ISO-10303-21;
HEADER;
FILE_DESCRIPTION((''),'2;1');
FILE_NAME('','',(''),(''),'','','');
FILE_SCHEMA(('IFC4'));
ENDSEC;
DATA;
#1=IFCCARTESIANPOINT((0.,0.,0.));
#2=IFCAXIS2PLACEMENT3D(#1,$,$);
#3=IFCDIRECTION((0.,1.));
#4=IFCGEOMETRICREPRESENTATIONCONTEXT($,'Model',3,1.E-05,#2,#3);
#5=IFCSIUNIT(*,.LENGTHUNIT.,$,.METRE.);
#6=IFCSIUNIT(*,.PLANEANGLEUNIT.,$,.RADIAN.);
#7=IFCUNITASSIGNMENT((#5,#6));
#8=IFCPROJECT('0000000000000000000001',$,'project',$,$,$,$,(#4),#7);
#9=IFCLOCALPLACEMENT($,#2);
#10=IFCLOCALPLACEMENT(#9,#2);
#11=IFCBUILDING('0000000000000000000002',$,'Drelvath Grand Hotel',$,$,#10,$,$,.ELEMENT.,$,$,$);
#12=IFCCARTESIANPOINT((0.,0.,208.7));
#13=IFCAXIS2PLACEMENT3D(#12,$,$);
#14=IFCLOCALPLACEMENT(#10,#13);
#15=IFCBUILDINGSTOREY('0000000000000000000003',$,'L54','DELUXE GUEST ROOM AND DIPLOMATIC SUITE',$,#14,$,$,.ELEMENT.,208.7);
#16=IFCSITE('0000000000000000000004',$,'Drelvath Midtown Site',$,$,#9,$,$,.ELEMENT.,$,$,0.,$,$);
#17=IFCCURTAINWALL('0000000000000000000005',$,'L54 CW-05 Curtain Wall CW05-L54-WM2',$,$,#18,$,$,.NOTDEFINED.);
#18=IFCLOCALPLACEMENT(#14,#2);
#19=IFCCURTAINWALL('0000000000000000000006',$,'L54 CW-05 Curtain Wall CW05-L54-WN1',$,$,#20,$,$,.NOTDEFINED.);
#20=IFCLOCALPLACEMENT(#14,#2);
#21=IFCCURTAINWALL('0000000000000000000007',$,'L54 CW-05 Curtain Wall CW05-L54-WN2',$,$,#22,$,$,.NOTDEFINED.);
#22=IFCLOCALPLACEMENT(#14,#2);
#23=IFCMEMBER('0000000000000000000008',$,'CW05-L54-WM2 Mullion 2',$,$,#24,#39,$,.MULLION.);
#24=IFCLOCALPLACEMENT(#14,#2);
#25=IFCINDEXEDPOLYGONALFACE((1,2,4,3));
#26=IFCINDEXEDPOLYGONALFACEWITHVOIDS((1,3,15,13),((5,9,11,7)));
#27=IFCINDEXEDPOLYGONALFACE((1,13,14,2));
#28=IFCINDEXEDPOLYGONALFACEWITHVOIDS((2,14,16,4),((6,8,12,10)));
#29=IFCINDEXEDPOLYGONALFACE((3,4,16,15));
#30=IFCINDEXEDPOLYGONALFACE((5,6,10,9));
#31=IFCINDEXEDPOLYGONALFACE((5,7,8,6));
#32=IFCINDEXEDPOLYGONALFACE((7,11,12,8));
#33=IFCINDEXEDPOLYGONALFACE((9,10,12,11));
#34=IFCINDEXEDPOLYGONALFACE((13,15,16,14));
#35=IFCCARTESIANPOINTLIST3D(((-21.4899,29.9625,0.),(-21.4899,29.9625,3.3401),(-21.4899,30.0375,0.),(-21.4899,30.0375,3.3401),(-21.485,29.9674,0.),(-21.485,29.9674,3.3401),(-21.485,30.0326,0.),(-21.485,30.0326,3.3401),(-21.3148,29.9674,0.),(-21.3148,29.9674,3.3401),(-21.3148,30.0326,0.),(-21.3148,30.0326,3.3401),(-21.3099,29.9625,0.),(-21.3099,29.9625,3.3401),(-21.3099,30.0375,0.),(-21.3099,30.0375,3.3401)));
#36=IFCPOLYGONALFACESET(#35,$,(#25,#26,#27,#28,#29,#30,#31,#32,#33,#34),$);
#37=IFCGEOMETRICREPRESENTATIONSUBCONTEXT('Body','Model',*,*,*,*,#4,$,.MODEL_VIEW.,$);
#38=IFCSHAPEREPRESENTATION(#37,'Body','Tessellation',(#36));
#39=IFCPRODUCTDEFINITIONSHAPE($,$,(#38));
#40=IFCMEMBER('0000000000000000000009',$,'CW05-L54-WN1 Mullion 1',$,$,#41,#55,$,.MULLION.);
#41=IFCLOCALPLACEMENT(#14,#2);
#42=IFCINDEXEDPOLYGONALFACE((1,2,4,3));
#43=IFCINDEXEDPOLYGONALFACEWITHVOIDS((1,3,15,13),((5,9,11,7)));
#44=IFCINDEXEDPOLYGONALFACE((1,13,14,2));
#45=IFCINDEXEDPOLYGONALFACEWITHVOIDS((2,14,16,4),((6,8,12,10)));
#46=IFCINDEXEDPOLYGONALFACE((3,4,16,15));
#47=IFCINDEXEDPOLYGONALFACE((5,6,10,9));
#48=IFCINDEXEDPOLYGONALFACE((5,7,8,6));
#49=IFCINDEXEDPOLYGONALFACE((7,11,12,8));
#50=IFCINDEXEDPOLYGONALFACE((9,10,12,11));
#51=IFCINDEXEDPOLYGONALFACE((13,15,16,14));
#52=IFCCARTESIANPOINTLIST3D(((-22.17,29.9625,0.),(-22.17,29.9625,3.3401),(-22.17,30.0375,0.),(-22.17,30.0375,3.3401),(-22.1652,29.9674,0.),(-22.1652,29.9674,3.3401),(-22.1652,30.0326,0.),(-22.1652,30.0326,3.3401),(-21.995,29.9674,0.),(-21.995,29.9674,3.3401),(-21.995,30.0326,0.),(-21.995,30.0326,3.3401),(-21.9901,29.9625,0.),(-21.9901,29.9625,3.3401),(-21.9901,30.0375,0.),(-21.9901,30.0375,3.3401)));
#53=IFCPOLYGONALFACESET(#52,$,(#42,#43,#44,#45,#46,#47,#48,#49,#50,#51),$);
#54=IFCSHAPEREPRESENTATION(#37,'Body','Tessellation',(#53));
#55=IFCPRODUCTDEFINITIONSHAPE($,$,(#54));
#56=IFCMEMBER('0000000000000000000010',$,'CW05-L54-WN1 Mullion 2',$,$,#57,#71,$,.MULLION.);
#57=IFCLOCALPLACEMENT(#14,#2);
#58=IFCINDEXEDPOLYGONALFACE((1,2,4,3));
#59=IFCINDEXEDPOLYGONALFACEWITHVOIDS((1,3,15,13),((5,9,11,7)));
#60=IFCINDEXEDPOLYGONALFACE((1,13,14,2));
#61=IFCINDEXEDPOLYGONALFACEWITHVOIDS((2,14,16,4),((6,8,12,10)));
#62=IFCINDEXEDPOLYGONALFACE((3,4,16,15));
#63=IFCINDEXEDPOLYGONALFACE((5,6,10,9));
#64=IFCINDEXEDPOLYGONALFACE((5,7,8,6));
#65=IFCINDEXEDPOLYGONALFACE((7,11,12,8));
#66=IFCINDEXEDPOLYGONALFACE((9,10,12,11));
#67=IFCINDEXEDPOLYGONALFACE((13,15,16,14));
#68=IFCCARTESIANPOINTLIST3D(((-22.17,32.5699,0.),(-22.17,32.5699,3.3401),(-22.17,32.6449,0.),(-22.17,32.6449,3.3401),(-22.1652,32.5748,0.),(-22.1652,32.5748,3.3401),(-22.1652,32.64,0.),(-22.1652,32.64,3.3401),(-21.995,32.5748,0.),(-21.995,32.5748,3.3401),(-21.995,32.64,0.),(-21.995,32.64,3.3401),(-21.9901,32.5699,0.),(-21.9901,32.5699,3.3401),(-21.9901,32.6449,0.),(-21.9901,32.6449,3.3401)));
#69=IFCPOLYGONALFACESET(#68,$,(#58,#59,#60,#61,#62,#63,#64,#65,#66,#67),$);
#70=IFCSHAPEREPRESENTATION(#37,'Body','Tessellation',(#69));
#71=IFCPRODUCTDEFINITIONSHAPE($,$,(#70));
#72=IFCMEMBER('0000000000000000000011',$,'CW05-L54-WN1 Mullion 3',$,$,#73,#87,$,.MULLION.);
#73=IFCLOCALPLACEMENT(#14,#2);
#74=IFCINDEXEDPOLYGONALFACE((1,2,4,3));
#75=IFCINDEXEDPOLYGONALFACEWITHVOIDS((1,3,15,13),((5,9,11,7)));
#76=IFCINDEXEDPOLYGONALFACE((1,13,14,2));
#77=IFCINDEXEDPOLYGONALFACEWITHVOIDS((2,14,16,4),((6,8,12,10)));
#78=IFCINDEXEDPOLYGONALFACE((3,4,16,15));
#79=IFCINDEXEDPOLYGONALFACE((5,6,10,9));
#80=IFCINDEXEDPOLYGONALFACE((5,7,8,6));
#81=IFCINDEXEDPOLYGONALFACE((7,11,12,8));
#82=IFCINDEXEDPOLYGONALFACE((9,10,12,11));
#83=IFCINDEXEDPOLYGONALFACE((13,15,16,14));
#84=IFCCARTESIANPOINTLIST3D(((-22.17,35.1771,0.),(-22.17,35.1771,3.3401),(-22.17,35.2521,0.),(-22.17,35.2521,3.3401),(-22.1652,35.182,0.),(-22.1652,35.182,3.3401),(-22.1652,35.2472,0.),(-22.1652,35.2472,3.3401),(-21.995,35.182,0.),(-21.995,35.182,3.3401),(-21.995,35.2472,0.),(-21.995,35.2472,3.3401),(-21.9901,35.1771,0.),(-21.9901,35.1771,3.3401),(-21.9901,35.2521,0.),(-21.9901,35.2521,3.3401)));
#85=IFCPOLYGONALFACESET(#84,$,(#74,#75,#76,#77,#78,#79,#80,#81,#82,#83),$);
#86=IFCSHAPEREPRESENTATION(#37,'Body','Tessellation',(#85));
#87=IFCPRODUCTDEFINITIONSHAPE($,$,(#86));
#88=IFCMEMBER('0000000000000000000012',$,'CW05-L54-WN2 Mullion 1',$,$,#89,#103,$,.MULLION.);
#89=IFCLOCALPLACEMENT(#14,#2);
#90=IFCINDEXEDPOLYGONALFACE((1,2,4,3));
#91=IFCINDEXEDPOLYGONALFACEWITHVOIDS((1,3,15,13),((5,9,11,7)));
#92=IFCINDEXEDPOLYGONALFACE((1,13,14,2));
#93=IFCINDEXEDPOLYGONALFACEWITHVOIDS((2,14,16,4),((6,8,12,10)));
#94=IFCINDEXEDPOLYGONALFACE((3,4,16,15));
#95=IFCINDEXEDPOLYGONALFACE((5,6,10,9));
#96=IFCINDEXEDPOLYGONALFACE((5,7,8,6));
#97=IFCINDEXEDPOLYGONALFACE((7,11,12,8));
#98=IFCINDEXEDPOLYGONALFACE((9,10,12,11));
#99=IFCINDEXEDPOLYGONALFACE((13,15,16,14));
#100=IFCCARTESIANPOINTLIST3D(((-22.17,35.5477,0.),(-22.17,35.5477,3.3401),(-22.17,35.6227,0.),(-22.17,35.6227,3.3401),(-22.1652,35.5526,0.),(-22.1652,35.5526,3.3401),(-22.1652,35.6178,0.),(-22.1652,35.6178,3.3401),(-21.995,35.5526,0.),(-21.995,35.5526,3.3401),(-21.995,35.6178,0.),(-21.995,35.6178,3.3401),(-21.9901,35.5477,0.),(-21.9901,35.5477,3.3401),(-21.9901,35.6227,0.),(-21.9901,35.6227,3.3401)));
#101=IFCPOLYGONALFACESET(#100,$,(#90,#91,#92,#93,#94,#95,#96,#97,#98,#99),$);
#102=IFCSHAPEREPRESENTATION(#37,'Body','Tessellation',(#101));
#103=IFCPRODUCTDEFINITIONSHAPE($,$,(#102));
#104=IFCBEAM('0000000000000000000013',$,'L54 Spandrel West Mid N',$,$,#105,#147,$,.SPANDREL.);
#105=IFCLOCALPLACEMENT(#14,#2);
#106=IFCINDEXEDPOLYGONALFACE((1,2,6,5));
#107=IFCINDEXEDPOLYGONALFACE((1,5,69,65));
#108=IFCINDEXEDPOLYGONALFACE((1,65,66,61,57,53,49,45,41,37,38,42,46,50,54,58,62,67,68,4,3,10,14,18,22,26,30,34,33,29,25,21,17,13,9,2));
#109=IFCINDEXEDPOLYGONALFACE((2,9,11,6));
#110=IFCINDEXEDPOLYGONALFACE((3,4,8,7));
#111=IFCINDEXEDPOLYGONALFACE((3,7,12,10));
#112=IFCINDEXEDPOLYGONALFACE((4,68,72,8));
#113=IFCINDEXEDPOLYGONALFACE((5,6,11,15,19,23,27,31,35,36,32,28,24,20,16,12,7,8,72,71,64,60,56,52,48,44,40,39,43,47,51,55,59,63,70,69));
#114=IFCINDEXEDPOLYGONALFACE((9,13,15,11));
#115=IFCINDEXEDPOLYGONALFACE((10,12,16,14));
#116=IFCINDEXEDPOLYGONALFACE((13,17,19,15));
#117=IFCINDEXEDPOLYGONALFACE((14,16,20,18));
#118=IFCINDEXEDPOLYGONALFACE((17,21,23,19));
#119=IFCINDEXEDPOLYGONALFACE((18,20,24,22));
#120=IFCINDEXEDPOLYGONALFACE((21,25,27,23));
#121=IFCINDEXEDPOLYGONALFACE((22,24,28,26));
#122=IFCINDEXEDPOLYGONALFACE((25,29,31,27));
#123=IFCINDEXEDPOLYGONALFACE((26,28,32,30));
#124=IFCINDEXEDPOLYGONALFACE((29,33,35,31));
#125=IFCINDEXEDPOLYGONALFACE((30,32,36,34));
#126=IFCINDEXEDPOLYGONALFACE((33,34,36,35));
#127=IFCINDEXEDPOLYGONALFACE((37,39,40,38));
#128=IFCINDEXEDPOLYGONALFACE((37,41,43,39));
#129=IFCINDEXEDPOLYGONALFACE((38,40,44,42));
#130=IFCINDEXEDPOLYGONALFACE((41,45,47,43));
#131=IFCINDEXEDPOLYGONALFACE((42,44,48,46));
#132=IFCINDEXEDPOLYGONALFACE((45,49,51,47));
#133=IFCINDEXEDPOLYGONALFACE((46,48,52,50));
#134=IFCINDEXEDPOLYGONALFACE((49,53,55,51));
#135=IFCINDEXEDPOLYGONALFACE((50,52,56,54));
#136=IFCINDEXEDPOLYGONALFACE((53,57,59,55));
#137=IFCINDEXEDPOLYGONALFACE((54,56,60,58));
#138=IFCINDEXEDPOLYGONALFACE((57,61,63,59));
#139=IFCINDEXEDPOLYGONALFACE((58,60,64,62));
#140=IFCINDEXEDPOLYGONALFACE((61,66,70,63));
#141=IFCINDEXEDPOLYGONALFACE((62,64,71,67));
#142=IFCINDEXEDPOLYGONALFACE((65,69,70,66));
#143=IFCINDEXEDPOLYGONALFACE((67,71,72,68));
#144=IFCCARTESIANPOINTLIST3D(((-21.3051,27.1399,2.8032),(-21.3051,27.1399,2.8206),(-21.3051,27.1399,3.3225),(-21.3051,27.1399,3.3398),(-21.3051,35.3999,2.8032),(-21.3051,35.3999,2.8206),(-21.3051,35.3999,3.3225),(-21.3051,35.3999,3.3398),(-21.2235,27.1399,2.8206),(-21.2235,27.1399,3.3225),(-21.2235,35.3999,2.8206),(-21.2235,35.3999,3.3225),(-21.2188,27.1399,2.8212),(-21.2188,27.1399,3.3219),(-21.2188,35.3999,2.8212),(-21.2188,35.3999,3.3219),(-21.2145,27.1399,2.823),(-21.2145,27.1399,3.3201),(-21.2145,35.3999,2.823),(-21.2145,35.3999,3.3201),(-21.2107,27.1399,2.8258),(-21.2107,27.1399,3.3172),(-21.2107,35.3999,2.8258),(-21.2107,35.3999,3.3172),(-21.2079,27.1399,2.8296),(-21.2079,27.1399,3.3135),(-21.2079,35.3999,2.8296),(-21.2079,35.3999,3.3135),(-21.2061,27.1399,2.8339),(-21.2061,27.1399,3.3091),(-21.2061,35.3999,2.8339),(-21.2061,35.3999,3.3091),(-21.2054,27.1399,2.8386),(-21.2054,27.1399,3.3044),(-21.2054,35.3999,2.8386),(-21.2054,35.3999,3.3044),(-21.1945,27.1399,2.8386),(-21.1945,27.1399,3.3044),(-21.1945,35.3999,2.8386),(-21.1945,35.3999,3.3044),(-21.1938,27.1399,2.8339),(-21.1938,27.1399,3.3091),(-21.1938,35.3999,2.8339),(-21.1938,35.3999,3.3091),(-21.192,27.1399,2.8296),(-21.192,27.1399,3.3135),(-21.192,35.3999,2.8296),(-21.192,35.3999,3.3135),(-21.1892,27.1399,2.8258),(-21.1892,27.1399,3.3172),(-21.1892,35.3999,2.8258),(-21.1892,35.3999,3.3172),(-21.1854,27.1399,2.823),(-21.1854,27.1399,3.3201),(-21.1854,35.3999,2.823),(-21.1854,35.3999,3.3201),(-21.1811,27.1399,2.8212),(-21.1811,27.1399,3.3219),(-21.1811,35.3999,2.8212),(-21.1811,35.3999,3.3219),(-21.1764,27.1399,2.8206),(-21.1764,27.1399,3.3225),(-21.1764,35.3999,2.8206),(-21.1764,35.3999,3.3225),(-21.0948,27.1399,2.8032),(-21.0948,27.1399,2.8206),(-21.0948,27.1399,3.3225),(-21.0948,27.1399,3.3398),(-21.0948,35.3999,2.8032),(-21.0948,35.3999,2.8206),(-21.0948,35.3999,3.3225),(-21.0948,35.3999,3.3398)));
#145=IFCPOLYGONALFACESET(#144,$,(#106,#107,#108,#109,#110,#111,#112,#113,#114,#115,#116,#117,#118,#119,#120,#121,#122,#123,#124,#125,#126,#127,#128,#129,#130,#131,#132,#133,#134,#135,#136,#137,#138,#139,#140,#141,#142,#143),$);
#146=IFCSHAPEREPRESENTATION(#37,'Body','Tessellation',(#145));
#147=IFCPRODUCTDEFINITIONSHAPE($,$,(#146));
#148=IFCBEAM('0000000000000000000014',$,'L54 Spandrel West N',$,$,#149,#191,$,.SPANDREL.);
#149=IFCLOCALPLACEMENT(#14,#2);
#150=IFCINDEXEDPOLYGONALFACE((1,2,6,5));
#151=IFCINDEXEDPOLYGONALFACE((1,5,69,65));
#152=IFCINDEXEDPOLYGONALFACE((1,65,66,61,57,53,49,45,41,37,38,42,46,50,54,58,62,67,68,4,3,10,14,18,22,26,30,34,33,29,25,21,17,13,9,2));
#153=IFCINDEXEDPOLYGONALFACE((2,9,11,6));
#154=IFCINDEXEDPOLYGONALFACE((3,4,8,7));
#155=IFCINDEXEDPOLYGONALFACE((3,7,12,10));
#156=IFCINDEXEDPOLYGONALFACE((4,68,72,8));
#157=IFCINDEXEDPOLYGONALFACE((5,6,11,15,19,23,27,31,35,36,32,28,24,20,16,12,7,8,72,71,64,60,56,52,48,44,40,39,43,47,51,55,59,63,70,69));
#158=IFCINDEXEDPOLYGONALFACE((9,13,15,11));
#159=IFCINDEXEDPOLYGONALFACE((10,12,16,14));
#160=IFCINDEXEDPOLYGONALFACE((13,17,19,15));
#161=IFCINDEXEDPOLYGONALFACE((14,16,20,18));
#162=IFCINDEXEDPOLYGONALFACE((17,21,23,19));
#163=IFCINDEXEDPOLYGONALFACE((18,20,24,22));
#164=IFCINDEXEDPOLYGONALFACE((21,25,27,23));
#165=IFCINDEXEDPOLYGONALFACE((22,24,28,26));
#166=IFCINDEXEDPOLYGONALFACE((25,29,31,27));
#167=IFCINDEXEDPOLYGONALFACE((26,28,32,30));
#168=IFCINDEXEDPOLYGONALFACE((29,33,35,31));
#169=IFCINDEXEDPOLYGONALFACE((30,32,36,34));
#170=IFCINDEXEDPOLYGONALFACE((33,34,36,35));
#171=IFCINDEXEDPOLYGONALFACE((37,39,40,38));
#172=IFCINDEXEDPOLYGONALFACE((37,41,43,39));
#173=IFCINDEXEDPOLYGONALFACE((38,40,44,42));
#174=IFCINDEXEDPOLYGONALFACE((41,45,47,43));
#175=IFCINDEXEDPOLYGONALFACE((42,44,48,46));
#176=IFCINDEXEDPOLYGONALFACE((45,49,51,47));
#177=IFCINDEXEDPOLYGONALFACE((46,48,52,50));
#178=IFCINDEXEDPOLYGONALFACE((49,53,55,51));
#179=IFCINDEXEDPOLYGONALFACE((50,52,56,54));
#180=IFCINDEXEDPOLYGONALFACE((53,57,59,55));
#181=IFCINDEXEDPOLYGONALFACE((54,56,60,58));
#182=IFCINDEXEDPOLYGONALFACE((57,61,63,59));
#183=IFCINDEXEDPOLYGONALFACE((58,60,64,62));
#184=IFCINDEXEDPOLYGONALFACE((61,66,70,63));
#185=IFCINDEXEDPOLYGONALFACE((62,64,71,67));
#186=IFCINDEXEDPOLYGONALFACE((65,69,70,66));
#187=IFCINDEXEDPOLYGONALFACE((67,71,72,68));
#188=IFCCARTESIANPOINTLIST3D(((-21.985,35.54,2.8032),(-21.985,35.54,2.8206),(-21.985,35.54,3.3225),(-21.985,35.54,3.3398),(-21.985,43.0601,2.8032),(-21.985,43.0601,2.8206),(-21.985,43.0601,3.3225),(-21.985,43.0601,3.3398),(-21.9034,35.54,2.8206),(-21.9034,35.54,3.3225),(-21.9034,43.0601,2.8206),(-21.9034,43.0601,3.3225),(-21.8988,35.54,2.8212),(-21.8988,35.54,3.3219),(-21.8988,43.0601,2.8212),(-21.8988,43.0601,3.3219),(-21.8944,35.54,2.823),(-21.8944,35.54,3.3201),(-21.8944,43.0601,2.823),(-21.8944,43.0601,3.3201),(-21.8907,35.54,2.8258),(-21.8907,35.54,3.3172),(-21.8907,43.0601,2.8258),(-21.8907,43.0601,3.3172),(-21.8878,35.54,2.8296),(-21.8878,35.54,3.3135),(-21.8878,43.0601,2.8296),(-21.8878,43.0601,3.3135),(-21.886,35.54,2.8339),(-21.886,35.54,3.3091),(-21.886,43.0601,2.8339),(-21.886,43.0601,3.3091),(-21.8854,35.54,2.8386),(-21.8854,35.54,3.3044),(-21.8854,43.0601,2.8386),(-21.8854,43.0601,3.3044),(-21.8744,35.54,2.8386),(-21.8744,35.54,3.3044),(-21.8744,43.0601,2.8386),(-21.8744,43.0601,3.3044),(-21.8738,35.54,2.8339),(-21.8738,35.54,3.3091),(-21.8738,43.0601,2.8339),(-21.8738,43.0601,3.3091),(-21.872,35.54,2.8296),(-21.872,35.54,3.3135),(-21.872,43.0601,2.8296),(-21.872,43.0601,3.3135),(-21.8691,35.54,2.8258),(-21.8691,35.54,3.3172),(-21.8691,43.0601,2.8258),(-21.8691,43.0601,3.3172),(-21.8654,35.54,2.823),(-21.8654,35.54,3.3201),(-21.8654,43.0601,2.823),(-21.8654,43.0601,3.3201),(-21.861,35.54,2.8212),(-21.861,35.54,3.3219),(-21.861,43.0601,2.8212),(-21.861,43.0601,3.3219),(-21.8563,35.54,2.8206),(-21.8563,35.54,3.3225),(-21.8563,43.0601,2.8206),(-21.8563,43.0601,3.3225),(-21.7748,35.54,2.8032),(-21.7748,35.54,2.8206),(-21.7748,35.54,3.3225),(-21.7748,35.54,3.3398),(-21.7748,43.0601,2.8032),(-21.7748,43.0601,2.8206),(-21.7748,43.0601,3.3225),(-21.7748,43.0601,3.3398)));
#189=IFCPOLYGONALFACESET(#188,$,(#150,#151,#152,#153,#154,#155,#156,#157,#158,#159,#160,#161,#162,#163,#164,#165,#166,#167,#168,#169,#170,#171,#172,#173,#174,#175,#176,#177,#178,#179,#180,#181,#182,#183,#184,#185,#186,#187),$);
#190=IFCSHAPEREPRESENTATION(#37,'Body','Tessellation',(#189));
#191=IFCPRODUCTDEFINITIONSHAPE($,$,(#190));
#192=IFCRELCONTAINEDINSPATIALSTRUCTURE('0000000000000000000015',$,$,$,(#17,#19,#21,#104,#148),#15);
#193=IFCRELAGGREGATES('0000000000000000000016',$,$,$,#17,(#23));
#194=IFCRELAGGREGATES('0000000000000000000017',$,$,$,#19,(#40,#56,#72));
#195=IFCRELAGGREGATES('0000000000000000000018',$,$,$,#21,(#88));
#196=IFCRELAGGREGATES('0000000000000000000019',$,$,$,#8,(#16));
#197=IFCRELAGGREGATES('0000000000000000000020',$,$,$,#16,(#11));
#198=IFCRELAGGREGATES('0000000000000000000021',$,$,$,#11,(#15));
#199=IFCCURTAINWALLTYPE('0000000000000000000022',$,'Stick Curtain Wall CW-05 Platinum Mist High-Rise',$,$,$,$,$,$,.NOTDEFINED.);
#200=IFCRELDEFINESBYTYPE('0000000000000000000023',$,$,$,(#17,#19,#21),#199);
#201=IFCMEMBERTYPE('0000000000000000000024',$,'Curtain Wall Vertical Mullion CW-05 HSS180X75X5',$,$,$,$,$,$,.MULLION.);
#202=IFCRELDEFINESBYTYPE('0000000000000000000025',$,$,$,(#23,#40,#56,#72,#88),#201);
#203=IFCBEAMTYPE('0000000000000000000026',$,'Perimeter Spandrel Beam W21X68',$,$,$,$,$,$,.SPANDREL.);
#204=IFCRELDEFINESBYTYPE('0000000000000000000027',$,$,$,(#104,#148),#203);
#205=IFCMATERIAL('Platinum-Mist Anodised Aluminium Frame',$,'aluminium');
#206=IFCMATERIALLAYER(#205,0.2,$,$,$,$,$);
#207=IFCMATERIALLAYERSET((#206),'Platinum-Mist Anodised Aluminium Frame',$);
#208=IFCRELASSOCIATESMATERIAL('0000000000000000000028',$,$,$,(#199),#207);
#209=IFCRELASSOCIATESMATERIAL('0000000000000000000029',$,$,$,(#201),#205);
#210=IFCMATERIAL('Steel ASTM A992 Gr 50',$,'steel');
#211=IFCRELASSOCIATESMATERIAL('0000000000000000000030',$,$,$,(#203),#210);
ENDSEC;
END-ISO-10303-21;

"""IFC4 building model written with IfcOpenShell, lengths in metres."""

from ifc_helpers import new_model, si_unit, direction, frame, origin, origin_2d, place, context, subcontext, project, spatial, hollow_rectangle, i_section, extrude, material, layer, layer_set, material_profile, profile_set, type_object, element, aggregate, save


model = new_model("IFC4")

# Units and contexts
model_context = context("Model", 3, precision=1e-05, world=origin(), true_north=direction((0.0, 1.0)))
body_context = subcontext(model_context, "Body", "Model", "MODEL_VIEW")
ifc_project = project(units=[si_unit("LENGTHUNIT", "METRE"), si_unit("PLANEANGLEUNIT", "RADIAN")], contexts=[model_context])

# Site, building, storey
site_placement = place(None, origin())
site = spatial("IfcSite", under=ifc_project, at=site_placement, Name="Drelvath Midtown Site", CompositionType="ELEMENT", RefElevation=0.0)
building_placement = place(site_placement, origin())
building = spatial("IfcBuilding", under=site, at=building_placement, Name="Drelvath Grand Hotel", CompositionType="ELEMENT")
storey_placement = place(building_placement, frame((0.0, 0.0, 208.7)))
storey = spatial("IfcBuildingStorey", under=building, at=storey_placement, Name="L54", Description="DELUXE GUEST ROOM AND DIPLOMATIC SUITE", CompositionType="ELEMENT", Elevation=208.7)

# Curtain walls
ifc_material_1 = material(Name="Platinum-Mist Anodised Aluminium Frame", Category="aluminium")
ifc_layer_1 = layer(ifc_material_1, 0.2)
ifc_layer_set_1 = layer_set([ifc_layer_1], Name="Platinum-Mist Anodised Aluminium Frame")
curtain_wall_type = type_object("IfcCurtainWallType", Name="Stick Curtain Wall CW-05 Platinum Mist High-Rise", PredefinedType="NOTDEFINED", material=ifc_layer_set_1)
curtain_wall_1_placement = place(storey_placement, origin())
curtain_wall_1 = element("IfcCurtainWall", 1, at=curtain_wall_1_placement, inside=storey, type_object=curtain_wall_type, Name="L54 CW-05 Curtain Wall CW05-L54-WM2", PredefinedType="NOTDEFINED")
curtain_wall_2_placement = place(storey_placement, origin())
curtain_wall_2 = element("IfcCurtainWall", 2, at=curtain_wall_2_placement, inside=storey, type_object=curtain_wall_type, Name="L54 CW-05 Curtain Wall CW05-L54-WN1", PredefinedType="NOTDEFINED")
curtain_wall_3_placement = place(storey_placement, origin())
curtain_wall_3 = element("IfcCurtainWall", 3, at=curtain_wall_3_placement, inside=storey, type_object=curtain_wall_type, Name="L54 CW-05 Curtain Wall CW05-L54-WN2", PredefinedType="NOTDEFINED")
ifc_material_profile_1 = material_profile(ifc_material_1, hollow_rectangle(XDim=0.075, YDim=0.1799, WallThickness=0.0049, at=origin_2d()), Name="HSS180X75X5")
ifc_profile_set_1 = profile_set([ifc_material_profile_1], Name="Platinum-Mist Anodised Aluminium Frame")
member_type_1 = type_object("IfcMemberType", Name="Curtain Wall Vertical Mullion CW-05 HSS180X75X5", PredefinedType="MULLION", material=ifc_profile_set_1)

# Members
member_1_placement = place(storey_placement, frame((-21.3999, 30.0, 0.0), z_axis=(0.0, 0.0, 1.0), x_axis=(0.0, 1.0, 0.0)))
member_1 = element("IfcMember", 4, at=member_1_placement, type_object=member_type_1, Name="CW05-L54-WM2 Mullion 2", PredefinedType="MULLION", context=body_context, shape_type="SweptSolid", body=[
    extrude(hollow_rectangle(XDim=0.075, YDim=0.1799, WallThickness=0.0049, at=origin_2d()), origin(), (0.0, 0.0, 1.0), 3.3401),
])
member_2_placement = place(storey_placement, frame((-22.0801, 30.0, 0.0), z_axis=(0.0, 0.0, 1.0), x_axis=(0.0, 1.0, 0.0)))
member_2 = element("IfcMember", 5, at=member_2_placement, type_object=member_type_1, Name="CW05-L54-WN1 Mullion 1", PredefinedType="MULLION", context=body_context, shape_type="SweptSolid", body=[
    extrude(hollow_rectangle(XDim=0.075, YDim=0.1799, WallThickness=0.0049, at=origin_2d()), origin(), (0.0, 0.0, 1.0), 3.3401),
])
member_3_placement = place(storey_placement, frame((-22.0801, 32.6074, 0.0), z_axis=(0.0, 0.0, 1.0), x_axis=(0.0, 1.0, 0.0)))
member_3 = element("IfcMember", 6, at=member_3_placement, type_object=member_type_1, Name="CW05-L54-WN1 Mullion 2", PredefinedType="MULLION", context=body_context, shape_type="SweptSolid", body=[
    extrude(hollow_rectangle(XDim=0.075, YDim=0.1799, WallThickness=0.0049, at=origin_2d()), origin(), (0.0, 0.0, 1.0), 3.3401),
])
member_4_placement = place(storey_placement, frame((-22.0801, 35.2146, 0.0), z_axis=(0.0, 0.0, 1.0), x_axis=(0.0, 1.0, 0.0)))
member_4 = element("IfcMember", 7, at=member_4_placement, type_object=member_type_1, Name="CW05-L54-WN1 Mullion 3", PredefinedType="MULLION", context=body_context, shape_type="SweptSolid", body=[
    extrude(hollow_rectangle(XDim=0.075, YDim=0.1799, WallThickness=0.0049, at=origin_2d()), origin(), (0.0, 0.0, 1.0), 3.3401),
])
member_5_placement = place(storey_placement, frame((-22.0801, 35.5852, 0.0), z_axis=(0.0, 0.0, 1.0), x_axis=(0.0, 1.0, 0.0)))
member_5 = element("IfcMember", 8, at=member_5_placement, type_object=member_type_1, Name="CW05-L54-WN2 Mullion 1", PredefinedType="MULLION", context=body_context, shape_type="SweptSolid", body=[
    extrude(hollow_rectangle(XDim=0.075, YDim=0.1799, WallThickness=0.0049, at=origin_2d()), origin(), (0.0, 0.0, 1.0), 3.3401),
])

# Beams
ifc_material_2 = material(Name="Steel ASTM A992 Gr 50", Category="steel")
ifc_material_profile_2 = material_profile(ifc_material_2, i_section(OverallWidth=0.2102, OverallDepth=0.5366, WebThickness=0.011, FlangeThickness=0.0173, FilletRadius=0.0181, at=origin_2d()), Name="W21X68")
ifc_profile_set_2 = profile_set([ifc_material_profile_2], Name="Steel ASTM A992 Gr 50")
beam_type_1 = type_object("IfcBeamType", Name="Perimeter Spandrel Beam W21X68", PredefinedType="SPANDREL", material=ifc_profile_set_2)
beam_1_placement = place(storey_placement, frame((-21.2, 27.1399, 3.0715), z_axis=(0.0, 1.0, 0.0), x_axis=(-1.0, 0.0, 0.0)))
element("IfcBeam", 9, at=beam_1_placement, inside=storey, type_object=beam_type_1, Name="L54 Spandrel West Mid N", PredefinedType="SPANDREL", context=body_context, shape_type="SweptSolid", body=[
    extrude(i_section(OverallWidth=0.2102, OverallDepth=0.5366, WebThickness=0.011, FlangeThickness=0.0173, FilletRadius=0.0181, at=origin_2d()), origin(), (0.0, 0.0, 1.0), 8.26),
])
beam_2_placement = place(storey_placement, frame((-21.8799, 35.54, 3.0715), z_axis=(0.0, 1.0, 0.0), x_axis=(-1.0, 0.0, 0.0)))
element("IfcBeam", 10, at=beam_2_placement, inside=storey, type_object=beam_type_1, Name="L54 Spandrel West N", PredefinedType="SPANDREL", context=body_context, shape_type="SweptSolid", body=[
    extrude(i_section(OverallWidth=0.2102, OverallDepth=0.5366, WebThickness=0.011, FlangeThickness=0.0173, FilletRadius=0.0181, at=origin_2d()), origin(), (0.0, 0.0, 1.0), 7.52),
])

aggregate(curtain_wall_1, [member_1])
aggregate(curtain_wall_2, [member_2, member_3, member_4])
aggregate(curtain_wall_3, [member_5])

save(model, "model.ifc")
